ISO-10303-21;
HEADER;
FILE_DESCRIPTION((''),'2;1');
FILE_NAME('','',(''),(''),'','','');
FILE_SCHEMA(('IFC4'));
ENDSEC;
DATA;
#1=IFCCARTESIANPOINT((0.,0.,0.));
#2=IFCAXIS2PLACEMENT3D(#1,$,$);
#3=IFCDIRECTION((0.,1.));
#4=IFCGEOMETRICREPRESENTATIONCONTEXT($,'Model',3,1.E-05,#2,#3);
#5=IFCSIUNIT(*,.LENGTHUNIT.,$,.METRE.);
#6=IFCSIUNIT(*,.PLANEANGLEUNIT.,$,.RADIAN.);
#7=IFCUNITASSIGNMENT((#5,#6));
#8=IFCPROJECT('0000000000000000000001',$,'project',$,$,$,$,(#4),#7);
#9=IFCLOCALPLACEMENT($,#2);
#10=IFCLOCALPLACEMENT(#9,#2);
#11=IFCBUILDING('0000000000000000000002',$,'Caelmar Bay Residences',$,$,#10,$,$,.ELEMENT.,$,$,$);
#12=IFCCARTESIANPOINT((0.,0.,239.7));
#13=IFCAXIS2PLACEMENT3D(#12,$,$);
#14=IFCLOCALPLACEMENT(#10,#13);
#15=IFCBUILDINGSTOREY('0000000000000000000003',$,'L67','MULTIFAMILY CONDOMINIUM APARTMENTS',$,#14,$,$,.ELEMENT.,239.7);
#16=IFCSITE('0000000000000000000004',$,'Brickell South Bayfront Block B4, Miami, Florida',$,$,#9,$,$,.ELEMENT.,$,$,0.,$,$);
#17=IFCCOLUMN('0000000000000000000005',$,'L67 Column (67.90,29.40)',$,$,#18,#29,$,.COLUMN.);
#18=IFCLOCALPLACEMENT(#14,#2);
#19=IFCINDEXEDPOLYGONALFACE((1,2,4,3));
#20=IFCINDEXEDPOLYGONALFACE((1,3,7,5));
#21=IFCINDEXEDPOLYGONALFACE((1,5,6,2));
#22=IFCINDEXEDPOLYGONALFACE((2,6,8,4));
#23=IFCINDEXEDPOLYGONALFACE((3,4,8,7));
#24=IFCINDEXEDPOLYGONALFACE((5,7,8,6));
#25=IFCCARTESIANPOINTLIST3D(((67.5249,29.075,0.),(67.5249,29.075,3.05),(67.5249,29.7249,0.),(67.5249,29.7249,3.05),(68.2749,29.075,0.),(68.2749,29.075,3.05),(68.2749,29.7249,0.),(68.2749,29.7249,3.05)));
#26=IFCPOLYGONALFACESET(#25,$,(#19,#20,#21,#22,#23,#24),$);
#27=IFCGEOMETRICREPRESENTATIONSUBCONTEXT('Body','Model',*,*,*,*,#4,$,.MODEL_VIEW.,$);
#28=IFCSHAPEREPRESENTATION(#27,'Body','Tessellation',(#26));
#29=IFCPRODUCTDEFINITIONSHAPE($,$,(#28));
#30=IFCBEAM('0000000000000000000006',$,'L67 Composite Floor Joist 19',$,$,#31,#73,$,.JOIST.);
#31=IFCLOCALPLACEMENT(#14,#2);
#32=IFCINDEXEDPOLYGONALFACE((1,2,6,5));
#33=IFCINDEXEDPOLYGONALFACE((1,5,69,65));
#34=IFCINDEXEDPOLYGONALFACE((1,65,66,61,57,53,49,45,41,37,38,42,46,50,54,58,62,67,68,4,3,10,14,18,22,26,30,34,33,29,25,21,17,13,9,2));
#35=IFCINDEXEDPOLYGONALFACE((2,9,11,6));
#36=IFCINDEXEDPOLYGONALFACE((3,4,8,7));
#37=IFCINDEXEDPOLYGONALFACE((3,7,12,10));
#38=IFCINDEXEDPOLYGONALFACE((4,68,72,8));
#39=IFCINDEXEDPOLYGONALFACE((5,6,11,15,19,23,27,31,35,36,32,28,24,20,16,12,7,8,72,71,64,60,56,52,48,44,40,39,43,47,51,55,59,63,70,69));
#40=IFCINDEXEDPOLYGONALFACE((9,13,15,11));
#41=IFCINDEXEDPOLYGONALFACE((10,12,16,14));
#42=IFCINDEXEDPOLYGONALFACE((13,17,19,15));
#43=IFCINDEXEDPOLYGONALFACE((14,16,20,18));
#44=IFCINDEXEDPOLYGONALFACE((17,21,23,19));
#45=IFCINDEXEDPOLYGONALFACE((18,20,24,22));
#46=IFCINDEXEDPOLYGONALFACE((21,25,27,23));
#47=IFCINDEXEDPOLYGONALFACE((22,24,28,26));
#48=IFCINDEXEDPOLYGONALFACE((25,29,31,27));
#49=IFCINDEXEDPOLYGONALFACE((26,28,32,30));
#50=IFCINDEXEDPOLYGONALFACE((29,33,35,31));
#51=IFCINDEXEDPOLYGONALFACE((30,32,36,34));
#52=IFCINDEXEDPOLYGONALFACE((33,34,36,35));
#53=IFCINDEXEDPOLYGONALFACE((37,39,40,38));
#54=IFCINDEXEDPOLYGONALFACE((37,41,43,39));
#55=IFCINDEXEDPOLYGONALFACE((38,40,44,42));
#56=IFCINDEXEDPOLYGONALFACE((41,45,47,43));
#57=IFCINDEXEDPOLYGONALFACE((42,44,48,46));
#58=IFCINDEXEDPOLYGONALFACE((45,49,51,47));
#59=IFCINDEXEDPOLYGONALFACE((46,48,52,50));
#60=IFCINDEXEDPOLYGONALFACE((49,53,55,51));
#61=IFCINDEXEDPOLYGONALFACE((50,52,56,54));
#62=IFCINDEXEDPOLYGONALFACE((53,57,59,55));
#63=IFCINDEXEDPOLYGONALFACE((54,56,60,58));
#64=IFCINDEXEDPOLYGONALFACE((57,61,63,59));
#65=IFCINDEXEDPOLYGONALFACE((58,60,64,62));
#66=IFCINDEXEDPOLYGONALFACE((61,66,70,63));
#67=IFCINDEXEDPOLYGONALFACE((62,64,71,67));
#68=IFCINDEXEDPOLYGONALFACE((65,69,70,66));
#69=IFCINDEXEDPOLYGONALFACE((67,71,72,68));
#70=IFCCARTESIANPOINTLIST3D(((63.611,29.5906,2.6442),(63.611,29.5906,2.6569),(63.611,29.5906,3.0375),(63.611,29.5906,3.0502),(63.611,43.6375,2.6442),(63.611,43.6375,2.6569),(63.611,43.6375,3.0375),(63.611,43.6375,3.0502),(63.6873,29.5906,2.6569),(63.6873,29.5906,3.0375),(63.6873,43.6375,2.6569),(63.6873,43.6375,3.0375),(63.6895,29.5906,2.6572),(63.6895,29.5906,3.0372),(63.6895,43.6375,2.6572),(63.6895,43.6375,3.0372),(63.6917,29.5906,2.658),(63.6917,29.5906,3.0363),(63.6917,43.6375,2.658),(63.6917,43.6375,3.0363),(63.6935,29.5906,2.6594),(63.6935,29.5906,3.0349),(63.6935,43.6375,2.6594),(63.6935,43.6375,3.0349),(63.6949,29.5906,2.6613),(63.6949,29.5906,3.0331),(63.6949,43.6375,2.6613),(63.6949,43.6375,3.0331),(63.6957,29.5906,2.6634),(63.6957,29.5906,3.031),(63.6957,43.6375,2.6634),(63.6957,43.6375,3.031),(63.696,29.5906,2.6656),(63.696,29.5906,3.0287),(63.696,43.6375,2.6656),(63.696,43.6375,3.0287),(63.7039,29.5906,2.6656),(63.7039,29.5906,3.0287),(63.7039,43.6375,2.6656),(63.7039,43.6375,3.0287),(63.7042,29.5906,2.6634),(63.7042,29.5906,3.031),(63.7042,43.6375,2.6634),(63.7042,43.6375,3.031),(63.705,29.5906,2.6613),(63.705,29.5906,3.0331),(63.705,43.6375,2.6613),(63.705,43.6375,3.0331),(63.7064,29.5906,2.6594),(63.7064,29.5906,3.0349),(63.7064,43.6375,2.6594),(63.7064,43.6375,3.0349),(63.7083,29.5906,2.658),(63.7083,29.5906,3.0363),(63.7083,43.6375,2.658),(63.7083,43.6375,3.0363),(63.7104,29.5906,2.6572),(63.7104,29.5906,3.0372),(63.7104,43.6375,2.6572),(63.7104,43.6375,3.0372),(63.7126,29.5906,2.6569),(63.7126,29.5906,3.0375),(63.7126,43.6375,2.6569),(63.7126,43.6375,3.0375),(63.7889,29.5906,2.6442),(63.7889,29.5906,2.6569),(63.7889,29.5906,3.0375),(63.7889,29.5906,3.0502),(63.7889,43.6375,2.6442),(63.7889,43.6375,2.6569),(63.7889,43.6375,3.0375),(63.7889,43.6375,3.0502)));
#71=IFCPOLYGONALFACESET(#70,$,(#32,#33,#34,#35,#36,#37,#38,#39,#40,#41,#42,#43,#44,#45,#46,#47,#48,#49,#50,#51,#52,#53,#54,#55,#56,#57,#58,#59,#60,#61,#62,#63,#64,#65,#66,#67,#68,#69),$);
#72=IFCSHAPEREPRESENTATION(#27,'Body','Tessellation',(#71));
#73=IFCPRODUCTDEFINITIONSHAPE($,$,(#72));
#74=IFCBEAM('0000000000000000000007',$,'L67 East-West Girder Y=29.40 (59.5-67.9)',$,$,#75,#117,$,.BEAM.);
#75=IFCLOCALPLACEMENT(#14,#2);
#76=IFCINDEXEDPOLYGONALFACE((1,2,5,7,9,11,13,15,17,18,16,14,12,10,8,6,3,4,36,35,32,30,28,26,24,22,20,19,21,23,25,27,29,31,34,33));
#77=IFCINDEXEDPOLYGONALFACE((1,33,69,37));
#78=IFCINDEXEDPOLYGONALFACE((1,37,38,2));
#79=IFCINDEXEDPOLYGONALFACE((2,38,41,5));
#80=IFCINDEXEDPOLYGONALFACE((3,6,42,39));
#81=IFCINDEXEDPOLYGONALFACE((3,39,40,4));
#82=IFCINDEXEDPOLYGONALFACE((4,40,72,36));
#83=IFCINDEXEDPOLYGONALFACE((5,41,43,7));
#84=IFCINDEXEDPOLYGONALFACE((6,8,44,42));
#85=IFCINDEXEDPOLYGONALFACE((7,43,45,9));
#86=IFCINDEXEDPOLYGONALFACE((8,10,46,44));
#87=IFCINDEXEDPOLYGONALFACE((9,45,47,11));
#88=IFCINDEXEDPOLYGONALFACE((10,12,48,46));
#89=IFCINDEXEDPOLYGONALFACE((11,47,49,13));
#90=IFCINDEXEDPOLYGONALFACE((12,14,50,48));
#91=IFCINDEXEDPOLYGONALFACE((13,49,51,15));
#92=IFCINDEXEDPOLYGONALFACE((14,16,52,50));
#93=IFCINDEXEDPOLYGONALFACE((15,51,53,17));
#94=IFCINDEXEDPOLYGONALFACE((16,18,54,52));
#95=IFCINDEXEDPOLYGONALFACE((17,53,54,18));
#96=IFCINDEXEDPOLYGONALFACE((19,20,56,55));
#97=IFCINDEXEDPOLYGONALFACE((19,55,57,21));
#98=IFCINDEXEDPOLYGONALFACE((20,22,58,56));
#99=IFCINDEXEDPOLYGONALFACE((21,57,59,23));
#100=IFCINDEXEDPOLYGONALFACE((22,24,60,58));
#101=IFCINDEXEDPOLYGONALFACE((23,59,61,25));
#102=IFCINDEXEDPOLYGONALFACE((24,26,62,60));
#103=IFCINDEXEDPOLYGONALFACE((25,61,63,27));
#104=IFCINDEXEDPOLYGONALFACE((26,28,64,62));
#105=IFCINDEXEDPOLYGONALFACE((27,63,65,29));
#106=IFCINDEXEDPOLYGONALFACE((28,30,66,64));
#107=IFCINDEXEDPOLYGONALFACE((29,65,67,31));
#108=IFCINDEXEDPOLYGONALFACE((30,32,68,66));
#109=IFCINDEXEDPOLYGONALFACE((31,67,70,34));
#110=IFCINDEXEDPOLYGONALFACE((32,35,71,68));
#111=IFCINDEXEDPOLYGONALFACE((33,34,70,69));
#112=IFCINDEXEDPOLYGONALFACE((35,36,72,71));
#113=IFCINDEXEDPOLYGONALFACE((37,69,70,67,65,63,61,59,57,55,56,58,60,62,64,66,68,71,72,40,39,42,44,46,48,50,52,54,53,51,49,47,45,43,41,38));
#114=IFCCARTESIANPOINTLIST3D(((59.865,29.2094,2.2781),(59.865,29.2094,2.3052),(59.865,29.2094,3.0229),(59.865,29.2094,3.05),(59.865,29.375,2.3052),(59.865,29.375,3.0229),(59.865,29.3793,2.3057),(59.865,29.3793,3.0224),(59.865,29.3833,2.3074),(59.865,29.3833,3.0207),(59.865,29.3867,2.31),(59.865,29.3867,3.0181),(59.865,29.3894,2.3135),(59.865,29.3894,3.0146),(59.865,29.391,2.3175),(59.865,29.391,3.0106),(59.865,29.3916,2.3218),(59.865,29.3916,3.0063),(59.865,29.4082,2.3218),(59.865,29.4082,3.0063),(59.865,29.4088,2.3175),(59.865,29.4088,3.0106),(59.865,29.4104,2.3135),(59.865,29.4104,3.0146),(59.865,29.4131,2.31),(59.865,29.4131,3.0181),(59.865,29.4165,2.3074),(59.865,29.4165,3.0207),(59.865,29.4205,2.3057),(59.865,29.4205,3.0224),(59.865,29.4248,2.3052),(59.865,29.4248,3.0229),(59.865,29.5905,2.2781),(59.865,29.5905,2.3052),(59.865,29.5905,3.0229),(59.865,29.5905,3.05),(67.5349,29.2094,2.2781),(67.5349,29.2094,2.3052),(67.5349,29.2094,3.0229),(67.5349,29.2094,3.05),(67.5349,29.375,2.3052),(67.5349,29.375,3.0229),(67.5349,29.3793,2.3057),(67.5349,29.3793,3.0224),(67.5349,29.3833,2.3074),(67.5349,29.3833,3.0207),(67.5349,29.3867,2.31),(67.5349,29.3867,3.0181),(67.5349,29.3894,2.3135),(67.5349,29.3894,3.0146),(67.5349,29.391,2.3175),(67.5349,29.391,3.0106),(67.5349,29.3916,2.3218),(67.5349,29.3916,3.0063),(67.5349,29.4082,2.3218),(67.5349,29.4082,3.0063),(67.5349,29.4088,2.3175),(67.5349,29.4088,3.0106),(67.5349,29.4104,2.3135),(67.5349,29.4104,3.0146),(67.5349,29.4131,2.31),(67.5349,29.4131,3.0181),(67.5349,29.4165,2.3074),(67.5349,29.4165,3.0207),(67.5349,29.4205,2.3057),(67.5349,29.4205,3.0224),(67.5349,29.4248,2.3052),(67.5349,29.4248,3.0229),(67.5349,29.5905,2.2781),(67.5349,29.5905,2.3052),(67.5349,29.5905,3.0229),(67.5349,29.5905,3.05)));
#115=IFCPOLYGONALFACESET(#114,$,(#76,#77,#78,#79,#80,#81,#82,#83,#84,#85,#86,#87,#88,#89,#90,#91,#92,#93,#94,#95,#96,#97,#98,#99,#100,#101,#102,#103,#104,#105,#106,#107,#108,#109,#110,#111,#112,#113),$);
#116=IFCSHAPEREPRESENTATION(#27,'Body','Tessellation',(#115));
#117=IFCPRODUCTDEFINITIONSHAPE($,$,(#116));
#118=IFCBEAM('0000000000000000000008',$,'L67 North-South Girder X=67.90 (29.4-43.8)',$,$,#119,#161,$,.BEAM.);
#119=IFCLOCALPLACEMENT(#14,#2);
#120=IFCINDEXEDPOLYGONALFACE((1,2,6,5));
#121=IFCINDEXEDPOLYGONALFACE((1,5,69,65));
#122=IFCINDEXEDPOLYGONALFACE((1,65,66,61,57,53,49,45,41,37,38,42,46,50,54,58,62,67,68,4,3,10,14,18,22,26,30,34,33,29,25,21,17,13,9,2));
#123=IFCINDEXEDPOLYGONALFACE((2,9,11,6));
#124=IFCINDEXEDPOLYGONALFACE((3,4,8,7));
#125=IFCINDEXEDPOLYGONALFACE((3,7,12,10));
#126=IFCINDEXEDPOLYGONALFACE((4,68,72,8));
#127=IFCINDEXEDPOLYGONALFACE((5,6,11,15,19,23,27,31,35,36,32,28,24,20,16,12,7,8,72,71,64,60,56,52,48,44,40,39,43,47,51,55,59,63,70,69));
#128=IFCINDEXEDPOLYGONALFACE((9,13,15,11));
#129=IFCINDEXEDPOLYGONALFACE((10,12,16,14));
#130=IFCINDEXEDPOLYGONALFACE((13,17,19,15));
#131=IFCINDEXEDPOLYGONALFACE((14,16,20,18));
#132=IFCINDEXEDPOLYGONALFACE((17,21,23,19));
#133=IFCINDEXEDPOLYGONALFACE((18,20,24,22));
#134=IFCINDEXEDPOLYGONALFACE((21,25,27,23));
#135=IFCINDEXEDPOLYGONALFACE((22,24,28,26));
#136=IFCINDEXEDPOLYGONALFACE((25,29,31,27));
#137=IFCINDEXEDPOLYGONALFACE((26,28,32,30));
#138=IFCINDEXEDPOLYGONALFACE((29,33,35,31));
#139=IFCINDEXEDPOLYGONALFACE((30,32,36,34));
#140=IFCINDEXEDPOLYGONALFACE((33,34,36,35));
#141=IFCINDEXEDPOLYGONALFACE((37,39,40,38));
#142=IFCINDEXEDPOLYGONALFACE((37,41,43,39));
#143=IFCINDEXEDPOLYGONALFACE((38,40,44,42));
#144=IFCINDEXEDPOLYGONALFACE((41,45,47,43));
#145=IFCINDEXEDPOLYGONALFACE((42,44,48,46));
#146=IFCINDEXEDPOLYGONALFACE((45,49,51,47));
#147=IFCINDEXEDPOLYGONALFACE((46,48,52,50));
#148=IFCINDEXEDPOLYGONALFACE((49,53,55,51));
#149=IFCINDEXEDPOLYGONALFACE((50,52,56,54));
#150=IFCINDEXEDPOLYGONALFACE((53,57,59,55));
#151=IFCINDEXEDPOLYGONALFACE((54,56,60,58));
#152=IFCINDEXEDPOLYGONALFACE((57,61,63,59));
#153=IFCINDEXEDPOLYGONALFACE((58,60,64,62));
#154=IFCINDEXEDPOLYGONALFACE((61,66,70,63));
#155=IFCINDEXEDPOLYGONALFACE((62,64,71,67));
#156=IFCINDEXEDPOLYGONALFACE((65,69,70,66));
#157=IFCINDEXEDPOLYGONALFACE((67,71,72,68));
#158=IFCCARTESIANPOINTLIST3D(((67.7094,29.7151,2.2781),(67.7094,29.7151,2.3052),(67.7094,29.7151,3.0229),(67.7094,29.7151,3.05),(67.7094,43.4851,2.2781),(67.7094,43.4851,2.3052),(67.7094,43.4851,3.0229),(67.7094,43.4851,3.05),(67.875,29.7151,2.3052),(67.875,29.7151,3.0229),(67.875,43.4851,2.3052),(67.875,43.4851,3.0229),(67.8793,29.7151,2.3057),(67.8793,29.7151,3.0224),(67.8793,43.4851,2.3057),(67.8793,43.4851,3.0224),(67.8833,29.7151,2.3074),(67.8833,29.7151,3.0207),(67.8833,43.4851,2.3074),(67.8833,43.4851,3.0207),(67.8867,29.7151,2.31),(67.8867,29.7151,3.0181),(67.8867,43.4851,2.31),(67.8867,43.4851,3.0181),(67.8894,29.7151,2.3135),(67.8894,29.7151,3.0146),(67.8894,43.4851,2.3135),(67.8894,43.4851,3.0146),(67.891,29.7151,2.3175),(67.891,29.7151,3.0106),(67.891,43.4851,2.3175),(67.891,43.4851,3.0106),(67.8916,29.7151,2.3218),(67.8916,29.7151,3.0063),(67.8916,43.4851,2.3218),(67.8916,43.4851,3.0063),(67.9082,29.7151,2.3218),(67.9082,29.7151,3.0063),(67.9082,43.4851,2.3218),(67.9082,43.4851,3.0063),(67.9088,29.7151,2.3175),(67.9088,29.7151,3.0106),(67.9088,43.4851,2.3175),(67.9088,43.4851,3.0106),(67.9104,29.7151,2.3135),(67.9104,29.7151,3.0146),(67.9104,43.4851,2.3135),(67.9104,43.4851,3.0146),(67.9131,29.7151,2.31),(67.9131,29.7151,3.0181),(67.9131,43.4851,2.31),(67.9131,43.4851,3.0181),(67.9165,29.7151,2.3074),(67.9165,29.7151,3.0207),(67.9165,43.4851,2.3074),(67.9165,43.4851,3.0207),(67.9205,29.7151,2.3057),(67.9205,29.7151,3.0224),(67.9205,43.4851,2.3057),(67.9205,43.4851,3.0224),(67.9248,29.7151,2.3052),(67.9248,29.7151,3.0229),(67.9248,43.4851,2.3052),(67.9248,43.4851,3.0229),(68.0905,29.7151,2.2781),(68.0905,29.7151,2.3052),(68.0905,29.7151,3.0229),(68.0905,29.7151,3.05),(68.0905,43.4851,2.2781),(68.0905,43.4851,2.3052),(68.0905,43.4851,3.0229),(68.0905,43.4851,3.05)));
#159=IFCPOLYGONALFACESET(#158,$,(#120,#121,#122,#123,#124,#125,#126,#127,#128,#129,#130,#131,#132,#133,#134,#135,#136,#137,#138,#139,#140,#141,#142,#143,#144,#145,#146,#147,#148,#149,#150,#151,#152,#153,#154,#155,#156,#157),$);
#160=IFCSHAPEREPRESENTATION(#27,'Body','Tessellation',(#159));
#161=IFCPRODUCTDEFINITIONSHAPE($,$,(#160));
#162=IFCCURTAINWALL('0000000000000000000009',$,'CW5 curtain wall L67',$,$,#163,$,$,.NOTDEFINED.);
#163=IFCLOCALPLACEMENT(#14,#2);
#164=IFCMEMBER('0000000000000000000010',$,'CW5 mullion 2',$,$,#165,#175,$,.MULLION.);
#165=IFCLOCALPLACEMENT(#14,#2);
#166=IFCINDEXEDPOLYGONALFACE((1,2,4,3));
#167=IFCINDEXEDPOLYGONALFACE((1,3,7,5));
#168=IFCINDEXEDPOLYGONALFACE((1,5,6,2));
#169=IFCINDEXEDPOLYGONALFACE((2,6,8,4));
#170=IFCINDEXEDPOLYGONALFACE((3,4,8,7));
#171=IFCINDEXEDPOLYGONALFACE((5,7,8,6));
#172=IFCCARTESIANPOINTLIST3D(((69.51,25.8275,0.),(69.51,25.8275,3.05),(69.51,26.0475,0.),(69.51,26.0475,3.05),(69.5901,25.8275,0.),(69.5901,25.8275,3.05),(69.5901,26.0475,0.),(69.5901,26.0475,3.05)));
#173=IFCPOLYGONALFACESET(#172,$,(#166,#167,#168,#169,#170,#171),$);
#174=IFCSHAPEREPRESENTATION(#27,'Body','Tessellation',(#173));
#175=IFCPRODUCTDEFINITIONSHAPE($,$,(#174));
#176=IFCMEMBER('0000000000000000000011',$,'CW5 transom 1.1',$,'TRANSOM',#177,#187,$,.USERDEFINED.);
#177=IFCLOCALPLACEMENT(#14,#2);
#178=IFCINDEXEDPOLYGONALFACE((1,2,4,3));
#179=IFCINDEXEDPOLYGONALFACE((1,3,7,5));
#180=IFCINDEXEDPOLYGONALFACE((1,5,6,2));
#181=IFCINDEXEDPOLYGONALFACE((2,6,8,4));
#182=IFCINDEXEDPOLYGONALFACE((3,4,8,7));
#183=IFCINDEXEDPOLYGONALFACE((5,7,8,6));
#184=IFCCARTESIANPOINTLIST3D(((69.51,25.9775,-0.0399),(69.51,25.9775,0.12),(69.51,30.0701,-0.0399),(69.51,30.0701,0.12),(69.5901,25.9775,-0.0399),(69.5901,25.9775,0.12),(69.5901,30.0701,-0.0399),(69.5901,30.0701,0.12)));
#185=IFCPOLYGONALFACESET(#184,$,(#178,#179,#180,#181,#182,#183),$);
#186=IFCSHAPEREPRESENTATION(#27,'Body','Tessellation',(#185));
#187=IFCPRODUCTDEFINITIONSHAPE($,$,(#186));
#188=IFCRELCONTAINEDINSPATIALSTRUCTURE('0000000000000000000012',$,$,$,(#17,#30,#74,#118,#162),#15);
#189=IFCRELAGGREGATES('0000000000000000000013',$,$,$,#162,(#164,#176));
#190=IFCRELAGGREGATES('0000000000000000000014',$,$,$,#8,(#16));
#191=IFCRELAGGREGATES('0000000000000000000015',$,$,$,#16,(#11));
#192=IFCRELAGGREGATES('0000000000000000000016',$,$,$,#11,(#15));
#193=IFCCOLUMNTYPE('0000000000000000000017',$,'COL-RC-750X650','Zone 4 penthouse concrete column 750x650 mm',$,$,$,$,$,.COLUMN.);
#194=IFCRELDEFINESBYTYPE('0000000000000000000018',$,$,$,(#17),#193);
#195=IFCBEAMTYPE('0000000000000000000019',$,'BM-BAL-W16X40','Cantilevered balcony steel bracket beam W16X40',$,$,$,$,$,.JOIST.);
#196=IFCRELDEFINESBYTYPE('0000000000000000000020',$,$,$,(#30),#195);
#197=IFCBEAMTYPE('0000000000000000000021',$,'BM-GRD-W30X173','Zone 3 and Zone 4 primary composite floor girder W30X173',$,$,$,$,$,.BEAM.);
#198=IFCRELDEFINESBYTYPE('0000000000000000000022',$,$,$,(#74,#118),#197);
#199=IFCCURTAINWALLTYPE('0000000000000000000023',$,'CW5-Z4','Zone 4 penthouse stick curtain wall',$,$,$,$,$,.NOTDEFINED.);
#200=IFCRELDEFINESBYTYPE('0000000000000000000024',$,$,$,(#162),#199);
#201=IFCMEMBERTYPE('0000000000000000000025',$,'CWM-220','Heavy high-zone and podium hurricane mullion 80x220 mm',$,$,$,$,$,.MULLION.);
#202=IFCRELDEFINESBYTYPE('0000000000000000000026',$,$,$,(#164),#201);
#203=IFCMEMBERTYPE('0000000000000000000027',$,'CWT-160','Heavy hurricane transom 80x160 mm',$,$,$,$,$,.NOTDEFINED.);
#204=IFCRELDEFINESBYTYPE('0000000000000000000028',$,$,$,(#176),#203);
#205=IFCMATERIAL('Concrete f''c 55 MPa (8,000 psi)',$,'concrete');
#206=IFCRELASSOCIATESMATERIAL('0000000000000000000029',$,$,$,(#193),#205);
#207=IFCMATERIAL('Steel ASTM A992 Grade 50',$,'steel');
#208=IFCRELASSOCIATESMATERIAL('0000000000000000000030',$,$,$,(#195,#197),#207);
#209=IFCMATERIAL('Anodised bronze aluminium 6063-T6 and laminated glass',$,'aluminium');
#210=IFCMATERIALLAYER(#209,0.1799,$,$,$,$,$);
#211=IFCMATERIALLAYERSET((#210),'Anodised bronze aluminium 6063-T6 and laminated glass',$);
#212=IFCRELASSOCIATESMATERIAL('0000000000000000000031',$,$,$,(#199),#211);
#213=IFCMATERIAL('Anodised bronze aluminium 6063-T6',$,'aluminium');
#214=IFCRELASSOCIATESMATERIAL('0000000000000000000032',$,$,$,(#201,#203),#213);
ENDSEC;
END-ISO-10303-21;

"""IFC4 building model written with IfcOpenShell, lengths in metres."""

from ifc_helpers import new_model, si_unit, direction, frame, origin, origin_2d, place, context, subcontext, project, spatial, rectangle, i_section, extrude, material, layer, layer_set, material_profile, profile_set, type_object, element, aggregate, save


model = new_model("IFC4")

# Units and contexts
model_context = context("Model", 3, precision=1e-05, world=origin(), true_north=direction((0.0, 1.0)))
body_context = subcontext(model_context, "Body", "Model", "MODEL_VIEW")
ifc_project = project(units=[si_unit("LENGTHUNIT", "METRE"), si_unit("PLANEANGLEUNIT", "RADIAN")], contexts=[model_context])

# Site, building, storey
site_placement = place(None, origin())
site = spatial("IfcSite", under=ifc_project, at=site_placement, Name="Brickell South Bayfront Block B4, Miami, Florida", CompositionType="ELEMENT", RefElevation=0.0)
building_placement = place(site_placement, origin())
building = spatial("IfcBuilding", under=site, at=building_placement, Name="Caelmar Bay Residences", CompositionType="ELEMENT")
storey_placement = place(building_placement, frame((0.0, 0.0, 239.7)))
storey = spatial("IfcBuildingStorey", under=building, at=storey_placement, Name="L67", Description="MULTIFAMILY CONDOMINIUM APARTMENTS", CompositionType="ELEMENT", Elevation=239.7)

# Column
ifc_material_1 = material(Name="Concrete f'c 55 MPa (8,000 psi)", Category="concrete")
ifc_material_profile_1 = material_profile(ifc_material_1, rectangle(XDim=0.75, YDim=0.6499, at=origin_2d()), Name="RC-COL-750X650")
ifc_profile_set_1 = profile_set([ifc_material_profile_1], Name="Concrete f'c 55 MPa (8,000 psi)")
column_type = type_object("IfcColumnType", Name="COL-RC-750X650", Description="Zone 4 penthouse concrete column 750x650 mm", PredefinedType="COLUMN", material=ifc_profile_set_1)
column_placement = place(storey_placement, frame((67.8999, 29.3999, 0.0), z_axis=(0.0, 0.0, 1.0), x_axis=(1.0, 0.0, 0.0)))
element("IfcColumn", 1, at=column_placement, inside=storey, type_object=column_type, Name="L67 Column (67.90,29.40)", PredefinedType="COLUMN", context=body_context, shape_type="SweptSolid", body=[
    extrude(rectangle(XDim=0.75, YDim=0.6499, at=origin_2d()), origin(), (0.0, 0.0, 1.0), 3.05),
])

# Beams
ifc_material_2 = material(Name="Steel ASTM A992 Grade 50", Category="steel")
ifc_material_profile_2 = material_profile(ifc_material_2, i_section(OverallWidth=0.178, OverallDepth=0.406, WebThickness=0.0078, FlangeThickness=0.0127, FilletRadius=0.0088, at=origin_2d()), Name="W16X40")
ifc_profile_set_2 = profile_set([ifc_material_profile_2], Name="Steel ASTM A992 Grade 50")
beam_type_1 = type_object("IfcBeamType", Name="BM-BAL-W16X40", Description="Cantilevered balcony steel bracket beam W16X40", PredefinedType="JOIST", material=ifc_profile_set_2)
beam_1_placement = place(storey_placement, frame((63.7, 29.5906, 2.8472), z_axis=(0.0, 1.0, 0.0), x_axis=(-1.0, 0.0, 0.0)))
element("IfcBeam", 2, at=beam_1_placement, inside=storey, type_object=beam_type_1, Name="L67 Composite Floor Joist 19", PredefinedType="JOIST", context=body_context, shape_type="SweptSolid", body=[
    extrude(i_section(OverallWidth=0.178, OverallDepth=0.406, WebThickness=0.0078, FlangeThickness=0.0127, FilletRadius=0.0088, at=origin_2d()), origin(), (0.0, 0.0, 1.0), 14.0469),
])
ifc_material_profile_3 = material_profile(ifc_material_2, i_section(OverallWidth=0.3811, OverallDepth=0.772, WebThickness=0.0166, FlangeThickness=0.0271, FilletRadius=0.0166, at=origin_2d()), Name="W30X173")
ifc_profile_set_3 = profile_set([ifc_material_profile_3], Name="Steel ASTM A992 Grade 50")
beam_type_2 = type_object("IfcBeamType", Name="BM-GRD-W30X173", Description="Zone 3 and Zone 4 primary composite floor girder W30X173", PredefinedType="BEAM", material=ifc_profile_set_3)
beam_2_placement = place(storey_placement, frame((59.865, 29.3999, 2.6641), z_axis=(1.0, 0.0, 0.0), x_axis=(0.0, 1.0, 0.0)))
element("IfcBeam", 3, at=beam_2_placement, inside=storey, type_object=beam_type_2, Name="L67 East-West Girder Y=29.40 (59.5-67.9)", PredefinedType="BEAM", context=body_context, shape_type="SweptSolid", body=[
    extrude(i_section(OverallWidth=0.3811, OverallDepth=0.772, WebThickness=0.0166, FlangeThickness=0.0271, FilletRadius=0.0166, at=origin_2d()), origin(), (0.0, 0.0, 1.0), 7.6699),
])
beam_3_placement = place(storey_placement, frame((67.8999, 29.7151, 2.6641), z_axis=(0.0, 1.0, 0.0), x_axis=(-1.0, 0.0, 0.0)))
element("IfcBeam", 4, at=beam_3_placement, inside=storey, type_object=beam_type_2, Name="L67 North-South Girder X=67.90 (29.4-43.8)", PredefinedType="BEAM", context=body_context, shape_type="SweptSolid", body=[
    extrude(i_section(OverallWidth=0.3811, OverallDepth=0.772, WebThickness=0.0166, FlangeThickness=0.0271, FilletRadius=0.0166, at=origin_2d()), origin(), (0.0, 0.0, 1.0), 13.77),
])

# Curtain wall, members
ifc_material_3 = material(Name="Anodised bronze aluminium 6063-T6 and laminated glass", Category="aluminium")
ifc_layer_1 = layer(ifc_material_3, 0.1799)
ifc_layer_set_1 = layer_set([ifc_layer_1], Name="Anodised bronze aluminium 6063-T6 and laminated glass")
curtain_wall_type = type_object("IfcCurtainWallType", Name="CW5-Z4", Description="Zone 4 penthouse stick curtain wall", PredefinedType="NOTDEFINED", material=ifc_layer_set_1)
curtain_wall_placement = place(storey_placement, origin())
curtain_wall = element("IfcCurtainWall", 5, at=curtain_wall_placement, inside=storey, type_object=curtain_wall_type, Name="CW5 curtain wall L67", PredefinedType="NOTDEFINED")
ifc_material_4 = material(Name="Anodised bronze aluminium 6063-T6", Category="aluminium")
ifc_material_profile_4 = material_profile(ifc_material_4, rectangle(XDim=0.0801, YDim=0.22, at=origin_2d()), Name="CWM-80X220")
ifc_profile_set_4 = profile_set([ifc_material_profile_4], Name="Anodised bronze aluminium 6063-T6")
member_type_1 = type_object("IfcMemberType", Name="CWM-220", Description="Heavy high-zone and podium hurricane mullion 80x220 mm", PredefinedType="MULLION", material=ifc_profile_set_4)
member_1_placement = place(storey_placement, frame((69.55, 25.9375, 0.0), z_axis=(0.0, 0.0, 1.0), x_axis=(1.0, 0.0, 0.0)))
member_1 = element("IfcMember", 6, at=member_1_placement, type_object=member_type_1, Name="CW5 mullion 2", PredefinedType="MULLION", context=body_context, shape_type="SweptSolid", body=[
    extrude(rectangle(XDim=0.0801, YDim=0.22, at=origin_2d()), origin(), (0.0, 0.0, 1.0), 3.05),
])
ifc_material_profile_5 = material_profile(ifc_material_4, rectangle(XDim=0.0801, YDim=0.1599, at=origin_2d()), Name="CWT-80X160")
ifc_profile_set_5 = profile_set([ifc_material_profile_5], Name="Anodised bronze aluminium 6063-T6")
member_type_2 = type_object("IfcMemberType", Name="CWT-160", Description="Heavy hurricane transom 80x160 mm", PredefinedType="NOTDEFINED", material=ifc_profile_set_5)
member_2_placement = place(storey_placement, frame((69.55, 30.0701, 0.04), z_axis=(0.0, -1.0, 0.0), x_axis=(1.0, 0.0, 0.0)))
member_2 = element("IfcMember", 7, at=member_2_placement, type_object=member_type_2, Name="CW5 transom 1.1", ObjectType="TRANSOM", PredefinedType="USERDEFINED", context=body_context, shape_type="SweptSolid", body=[
    extrude(rectangle(XDim=0.0801, YDim=0.1599, at=origin_2d()), origin(), (0.0, 0.0, 1.0), 4.0925),
])
aggregate(curtain_wall, [member_1, member_2])

save(model, "model.ifc")
